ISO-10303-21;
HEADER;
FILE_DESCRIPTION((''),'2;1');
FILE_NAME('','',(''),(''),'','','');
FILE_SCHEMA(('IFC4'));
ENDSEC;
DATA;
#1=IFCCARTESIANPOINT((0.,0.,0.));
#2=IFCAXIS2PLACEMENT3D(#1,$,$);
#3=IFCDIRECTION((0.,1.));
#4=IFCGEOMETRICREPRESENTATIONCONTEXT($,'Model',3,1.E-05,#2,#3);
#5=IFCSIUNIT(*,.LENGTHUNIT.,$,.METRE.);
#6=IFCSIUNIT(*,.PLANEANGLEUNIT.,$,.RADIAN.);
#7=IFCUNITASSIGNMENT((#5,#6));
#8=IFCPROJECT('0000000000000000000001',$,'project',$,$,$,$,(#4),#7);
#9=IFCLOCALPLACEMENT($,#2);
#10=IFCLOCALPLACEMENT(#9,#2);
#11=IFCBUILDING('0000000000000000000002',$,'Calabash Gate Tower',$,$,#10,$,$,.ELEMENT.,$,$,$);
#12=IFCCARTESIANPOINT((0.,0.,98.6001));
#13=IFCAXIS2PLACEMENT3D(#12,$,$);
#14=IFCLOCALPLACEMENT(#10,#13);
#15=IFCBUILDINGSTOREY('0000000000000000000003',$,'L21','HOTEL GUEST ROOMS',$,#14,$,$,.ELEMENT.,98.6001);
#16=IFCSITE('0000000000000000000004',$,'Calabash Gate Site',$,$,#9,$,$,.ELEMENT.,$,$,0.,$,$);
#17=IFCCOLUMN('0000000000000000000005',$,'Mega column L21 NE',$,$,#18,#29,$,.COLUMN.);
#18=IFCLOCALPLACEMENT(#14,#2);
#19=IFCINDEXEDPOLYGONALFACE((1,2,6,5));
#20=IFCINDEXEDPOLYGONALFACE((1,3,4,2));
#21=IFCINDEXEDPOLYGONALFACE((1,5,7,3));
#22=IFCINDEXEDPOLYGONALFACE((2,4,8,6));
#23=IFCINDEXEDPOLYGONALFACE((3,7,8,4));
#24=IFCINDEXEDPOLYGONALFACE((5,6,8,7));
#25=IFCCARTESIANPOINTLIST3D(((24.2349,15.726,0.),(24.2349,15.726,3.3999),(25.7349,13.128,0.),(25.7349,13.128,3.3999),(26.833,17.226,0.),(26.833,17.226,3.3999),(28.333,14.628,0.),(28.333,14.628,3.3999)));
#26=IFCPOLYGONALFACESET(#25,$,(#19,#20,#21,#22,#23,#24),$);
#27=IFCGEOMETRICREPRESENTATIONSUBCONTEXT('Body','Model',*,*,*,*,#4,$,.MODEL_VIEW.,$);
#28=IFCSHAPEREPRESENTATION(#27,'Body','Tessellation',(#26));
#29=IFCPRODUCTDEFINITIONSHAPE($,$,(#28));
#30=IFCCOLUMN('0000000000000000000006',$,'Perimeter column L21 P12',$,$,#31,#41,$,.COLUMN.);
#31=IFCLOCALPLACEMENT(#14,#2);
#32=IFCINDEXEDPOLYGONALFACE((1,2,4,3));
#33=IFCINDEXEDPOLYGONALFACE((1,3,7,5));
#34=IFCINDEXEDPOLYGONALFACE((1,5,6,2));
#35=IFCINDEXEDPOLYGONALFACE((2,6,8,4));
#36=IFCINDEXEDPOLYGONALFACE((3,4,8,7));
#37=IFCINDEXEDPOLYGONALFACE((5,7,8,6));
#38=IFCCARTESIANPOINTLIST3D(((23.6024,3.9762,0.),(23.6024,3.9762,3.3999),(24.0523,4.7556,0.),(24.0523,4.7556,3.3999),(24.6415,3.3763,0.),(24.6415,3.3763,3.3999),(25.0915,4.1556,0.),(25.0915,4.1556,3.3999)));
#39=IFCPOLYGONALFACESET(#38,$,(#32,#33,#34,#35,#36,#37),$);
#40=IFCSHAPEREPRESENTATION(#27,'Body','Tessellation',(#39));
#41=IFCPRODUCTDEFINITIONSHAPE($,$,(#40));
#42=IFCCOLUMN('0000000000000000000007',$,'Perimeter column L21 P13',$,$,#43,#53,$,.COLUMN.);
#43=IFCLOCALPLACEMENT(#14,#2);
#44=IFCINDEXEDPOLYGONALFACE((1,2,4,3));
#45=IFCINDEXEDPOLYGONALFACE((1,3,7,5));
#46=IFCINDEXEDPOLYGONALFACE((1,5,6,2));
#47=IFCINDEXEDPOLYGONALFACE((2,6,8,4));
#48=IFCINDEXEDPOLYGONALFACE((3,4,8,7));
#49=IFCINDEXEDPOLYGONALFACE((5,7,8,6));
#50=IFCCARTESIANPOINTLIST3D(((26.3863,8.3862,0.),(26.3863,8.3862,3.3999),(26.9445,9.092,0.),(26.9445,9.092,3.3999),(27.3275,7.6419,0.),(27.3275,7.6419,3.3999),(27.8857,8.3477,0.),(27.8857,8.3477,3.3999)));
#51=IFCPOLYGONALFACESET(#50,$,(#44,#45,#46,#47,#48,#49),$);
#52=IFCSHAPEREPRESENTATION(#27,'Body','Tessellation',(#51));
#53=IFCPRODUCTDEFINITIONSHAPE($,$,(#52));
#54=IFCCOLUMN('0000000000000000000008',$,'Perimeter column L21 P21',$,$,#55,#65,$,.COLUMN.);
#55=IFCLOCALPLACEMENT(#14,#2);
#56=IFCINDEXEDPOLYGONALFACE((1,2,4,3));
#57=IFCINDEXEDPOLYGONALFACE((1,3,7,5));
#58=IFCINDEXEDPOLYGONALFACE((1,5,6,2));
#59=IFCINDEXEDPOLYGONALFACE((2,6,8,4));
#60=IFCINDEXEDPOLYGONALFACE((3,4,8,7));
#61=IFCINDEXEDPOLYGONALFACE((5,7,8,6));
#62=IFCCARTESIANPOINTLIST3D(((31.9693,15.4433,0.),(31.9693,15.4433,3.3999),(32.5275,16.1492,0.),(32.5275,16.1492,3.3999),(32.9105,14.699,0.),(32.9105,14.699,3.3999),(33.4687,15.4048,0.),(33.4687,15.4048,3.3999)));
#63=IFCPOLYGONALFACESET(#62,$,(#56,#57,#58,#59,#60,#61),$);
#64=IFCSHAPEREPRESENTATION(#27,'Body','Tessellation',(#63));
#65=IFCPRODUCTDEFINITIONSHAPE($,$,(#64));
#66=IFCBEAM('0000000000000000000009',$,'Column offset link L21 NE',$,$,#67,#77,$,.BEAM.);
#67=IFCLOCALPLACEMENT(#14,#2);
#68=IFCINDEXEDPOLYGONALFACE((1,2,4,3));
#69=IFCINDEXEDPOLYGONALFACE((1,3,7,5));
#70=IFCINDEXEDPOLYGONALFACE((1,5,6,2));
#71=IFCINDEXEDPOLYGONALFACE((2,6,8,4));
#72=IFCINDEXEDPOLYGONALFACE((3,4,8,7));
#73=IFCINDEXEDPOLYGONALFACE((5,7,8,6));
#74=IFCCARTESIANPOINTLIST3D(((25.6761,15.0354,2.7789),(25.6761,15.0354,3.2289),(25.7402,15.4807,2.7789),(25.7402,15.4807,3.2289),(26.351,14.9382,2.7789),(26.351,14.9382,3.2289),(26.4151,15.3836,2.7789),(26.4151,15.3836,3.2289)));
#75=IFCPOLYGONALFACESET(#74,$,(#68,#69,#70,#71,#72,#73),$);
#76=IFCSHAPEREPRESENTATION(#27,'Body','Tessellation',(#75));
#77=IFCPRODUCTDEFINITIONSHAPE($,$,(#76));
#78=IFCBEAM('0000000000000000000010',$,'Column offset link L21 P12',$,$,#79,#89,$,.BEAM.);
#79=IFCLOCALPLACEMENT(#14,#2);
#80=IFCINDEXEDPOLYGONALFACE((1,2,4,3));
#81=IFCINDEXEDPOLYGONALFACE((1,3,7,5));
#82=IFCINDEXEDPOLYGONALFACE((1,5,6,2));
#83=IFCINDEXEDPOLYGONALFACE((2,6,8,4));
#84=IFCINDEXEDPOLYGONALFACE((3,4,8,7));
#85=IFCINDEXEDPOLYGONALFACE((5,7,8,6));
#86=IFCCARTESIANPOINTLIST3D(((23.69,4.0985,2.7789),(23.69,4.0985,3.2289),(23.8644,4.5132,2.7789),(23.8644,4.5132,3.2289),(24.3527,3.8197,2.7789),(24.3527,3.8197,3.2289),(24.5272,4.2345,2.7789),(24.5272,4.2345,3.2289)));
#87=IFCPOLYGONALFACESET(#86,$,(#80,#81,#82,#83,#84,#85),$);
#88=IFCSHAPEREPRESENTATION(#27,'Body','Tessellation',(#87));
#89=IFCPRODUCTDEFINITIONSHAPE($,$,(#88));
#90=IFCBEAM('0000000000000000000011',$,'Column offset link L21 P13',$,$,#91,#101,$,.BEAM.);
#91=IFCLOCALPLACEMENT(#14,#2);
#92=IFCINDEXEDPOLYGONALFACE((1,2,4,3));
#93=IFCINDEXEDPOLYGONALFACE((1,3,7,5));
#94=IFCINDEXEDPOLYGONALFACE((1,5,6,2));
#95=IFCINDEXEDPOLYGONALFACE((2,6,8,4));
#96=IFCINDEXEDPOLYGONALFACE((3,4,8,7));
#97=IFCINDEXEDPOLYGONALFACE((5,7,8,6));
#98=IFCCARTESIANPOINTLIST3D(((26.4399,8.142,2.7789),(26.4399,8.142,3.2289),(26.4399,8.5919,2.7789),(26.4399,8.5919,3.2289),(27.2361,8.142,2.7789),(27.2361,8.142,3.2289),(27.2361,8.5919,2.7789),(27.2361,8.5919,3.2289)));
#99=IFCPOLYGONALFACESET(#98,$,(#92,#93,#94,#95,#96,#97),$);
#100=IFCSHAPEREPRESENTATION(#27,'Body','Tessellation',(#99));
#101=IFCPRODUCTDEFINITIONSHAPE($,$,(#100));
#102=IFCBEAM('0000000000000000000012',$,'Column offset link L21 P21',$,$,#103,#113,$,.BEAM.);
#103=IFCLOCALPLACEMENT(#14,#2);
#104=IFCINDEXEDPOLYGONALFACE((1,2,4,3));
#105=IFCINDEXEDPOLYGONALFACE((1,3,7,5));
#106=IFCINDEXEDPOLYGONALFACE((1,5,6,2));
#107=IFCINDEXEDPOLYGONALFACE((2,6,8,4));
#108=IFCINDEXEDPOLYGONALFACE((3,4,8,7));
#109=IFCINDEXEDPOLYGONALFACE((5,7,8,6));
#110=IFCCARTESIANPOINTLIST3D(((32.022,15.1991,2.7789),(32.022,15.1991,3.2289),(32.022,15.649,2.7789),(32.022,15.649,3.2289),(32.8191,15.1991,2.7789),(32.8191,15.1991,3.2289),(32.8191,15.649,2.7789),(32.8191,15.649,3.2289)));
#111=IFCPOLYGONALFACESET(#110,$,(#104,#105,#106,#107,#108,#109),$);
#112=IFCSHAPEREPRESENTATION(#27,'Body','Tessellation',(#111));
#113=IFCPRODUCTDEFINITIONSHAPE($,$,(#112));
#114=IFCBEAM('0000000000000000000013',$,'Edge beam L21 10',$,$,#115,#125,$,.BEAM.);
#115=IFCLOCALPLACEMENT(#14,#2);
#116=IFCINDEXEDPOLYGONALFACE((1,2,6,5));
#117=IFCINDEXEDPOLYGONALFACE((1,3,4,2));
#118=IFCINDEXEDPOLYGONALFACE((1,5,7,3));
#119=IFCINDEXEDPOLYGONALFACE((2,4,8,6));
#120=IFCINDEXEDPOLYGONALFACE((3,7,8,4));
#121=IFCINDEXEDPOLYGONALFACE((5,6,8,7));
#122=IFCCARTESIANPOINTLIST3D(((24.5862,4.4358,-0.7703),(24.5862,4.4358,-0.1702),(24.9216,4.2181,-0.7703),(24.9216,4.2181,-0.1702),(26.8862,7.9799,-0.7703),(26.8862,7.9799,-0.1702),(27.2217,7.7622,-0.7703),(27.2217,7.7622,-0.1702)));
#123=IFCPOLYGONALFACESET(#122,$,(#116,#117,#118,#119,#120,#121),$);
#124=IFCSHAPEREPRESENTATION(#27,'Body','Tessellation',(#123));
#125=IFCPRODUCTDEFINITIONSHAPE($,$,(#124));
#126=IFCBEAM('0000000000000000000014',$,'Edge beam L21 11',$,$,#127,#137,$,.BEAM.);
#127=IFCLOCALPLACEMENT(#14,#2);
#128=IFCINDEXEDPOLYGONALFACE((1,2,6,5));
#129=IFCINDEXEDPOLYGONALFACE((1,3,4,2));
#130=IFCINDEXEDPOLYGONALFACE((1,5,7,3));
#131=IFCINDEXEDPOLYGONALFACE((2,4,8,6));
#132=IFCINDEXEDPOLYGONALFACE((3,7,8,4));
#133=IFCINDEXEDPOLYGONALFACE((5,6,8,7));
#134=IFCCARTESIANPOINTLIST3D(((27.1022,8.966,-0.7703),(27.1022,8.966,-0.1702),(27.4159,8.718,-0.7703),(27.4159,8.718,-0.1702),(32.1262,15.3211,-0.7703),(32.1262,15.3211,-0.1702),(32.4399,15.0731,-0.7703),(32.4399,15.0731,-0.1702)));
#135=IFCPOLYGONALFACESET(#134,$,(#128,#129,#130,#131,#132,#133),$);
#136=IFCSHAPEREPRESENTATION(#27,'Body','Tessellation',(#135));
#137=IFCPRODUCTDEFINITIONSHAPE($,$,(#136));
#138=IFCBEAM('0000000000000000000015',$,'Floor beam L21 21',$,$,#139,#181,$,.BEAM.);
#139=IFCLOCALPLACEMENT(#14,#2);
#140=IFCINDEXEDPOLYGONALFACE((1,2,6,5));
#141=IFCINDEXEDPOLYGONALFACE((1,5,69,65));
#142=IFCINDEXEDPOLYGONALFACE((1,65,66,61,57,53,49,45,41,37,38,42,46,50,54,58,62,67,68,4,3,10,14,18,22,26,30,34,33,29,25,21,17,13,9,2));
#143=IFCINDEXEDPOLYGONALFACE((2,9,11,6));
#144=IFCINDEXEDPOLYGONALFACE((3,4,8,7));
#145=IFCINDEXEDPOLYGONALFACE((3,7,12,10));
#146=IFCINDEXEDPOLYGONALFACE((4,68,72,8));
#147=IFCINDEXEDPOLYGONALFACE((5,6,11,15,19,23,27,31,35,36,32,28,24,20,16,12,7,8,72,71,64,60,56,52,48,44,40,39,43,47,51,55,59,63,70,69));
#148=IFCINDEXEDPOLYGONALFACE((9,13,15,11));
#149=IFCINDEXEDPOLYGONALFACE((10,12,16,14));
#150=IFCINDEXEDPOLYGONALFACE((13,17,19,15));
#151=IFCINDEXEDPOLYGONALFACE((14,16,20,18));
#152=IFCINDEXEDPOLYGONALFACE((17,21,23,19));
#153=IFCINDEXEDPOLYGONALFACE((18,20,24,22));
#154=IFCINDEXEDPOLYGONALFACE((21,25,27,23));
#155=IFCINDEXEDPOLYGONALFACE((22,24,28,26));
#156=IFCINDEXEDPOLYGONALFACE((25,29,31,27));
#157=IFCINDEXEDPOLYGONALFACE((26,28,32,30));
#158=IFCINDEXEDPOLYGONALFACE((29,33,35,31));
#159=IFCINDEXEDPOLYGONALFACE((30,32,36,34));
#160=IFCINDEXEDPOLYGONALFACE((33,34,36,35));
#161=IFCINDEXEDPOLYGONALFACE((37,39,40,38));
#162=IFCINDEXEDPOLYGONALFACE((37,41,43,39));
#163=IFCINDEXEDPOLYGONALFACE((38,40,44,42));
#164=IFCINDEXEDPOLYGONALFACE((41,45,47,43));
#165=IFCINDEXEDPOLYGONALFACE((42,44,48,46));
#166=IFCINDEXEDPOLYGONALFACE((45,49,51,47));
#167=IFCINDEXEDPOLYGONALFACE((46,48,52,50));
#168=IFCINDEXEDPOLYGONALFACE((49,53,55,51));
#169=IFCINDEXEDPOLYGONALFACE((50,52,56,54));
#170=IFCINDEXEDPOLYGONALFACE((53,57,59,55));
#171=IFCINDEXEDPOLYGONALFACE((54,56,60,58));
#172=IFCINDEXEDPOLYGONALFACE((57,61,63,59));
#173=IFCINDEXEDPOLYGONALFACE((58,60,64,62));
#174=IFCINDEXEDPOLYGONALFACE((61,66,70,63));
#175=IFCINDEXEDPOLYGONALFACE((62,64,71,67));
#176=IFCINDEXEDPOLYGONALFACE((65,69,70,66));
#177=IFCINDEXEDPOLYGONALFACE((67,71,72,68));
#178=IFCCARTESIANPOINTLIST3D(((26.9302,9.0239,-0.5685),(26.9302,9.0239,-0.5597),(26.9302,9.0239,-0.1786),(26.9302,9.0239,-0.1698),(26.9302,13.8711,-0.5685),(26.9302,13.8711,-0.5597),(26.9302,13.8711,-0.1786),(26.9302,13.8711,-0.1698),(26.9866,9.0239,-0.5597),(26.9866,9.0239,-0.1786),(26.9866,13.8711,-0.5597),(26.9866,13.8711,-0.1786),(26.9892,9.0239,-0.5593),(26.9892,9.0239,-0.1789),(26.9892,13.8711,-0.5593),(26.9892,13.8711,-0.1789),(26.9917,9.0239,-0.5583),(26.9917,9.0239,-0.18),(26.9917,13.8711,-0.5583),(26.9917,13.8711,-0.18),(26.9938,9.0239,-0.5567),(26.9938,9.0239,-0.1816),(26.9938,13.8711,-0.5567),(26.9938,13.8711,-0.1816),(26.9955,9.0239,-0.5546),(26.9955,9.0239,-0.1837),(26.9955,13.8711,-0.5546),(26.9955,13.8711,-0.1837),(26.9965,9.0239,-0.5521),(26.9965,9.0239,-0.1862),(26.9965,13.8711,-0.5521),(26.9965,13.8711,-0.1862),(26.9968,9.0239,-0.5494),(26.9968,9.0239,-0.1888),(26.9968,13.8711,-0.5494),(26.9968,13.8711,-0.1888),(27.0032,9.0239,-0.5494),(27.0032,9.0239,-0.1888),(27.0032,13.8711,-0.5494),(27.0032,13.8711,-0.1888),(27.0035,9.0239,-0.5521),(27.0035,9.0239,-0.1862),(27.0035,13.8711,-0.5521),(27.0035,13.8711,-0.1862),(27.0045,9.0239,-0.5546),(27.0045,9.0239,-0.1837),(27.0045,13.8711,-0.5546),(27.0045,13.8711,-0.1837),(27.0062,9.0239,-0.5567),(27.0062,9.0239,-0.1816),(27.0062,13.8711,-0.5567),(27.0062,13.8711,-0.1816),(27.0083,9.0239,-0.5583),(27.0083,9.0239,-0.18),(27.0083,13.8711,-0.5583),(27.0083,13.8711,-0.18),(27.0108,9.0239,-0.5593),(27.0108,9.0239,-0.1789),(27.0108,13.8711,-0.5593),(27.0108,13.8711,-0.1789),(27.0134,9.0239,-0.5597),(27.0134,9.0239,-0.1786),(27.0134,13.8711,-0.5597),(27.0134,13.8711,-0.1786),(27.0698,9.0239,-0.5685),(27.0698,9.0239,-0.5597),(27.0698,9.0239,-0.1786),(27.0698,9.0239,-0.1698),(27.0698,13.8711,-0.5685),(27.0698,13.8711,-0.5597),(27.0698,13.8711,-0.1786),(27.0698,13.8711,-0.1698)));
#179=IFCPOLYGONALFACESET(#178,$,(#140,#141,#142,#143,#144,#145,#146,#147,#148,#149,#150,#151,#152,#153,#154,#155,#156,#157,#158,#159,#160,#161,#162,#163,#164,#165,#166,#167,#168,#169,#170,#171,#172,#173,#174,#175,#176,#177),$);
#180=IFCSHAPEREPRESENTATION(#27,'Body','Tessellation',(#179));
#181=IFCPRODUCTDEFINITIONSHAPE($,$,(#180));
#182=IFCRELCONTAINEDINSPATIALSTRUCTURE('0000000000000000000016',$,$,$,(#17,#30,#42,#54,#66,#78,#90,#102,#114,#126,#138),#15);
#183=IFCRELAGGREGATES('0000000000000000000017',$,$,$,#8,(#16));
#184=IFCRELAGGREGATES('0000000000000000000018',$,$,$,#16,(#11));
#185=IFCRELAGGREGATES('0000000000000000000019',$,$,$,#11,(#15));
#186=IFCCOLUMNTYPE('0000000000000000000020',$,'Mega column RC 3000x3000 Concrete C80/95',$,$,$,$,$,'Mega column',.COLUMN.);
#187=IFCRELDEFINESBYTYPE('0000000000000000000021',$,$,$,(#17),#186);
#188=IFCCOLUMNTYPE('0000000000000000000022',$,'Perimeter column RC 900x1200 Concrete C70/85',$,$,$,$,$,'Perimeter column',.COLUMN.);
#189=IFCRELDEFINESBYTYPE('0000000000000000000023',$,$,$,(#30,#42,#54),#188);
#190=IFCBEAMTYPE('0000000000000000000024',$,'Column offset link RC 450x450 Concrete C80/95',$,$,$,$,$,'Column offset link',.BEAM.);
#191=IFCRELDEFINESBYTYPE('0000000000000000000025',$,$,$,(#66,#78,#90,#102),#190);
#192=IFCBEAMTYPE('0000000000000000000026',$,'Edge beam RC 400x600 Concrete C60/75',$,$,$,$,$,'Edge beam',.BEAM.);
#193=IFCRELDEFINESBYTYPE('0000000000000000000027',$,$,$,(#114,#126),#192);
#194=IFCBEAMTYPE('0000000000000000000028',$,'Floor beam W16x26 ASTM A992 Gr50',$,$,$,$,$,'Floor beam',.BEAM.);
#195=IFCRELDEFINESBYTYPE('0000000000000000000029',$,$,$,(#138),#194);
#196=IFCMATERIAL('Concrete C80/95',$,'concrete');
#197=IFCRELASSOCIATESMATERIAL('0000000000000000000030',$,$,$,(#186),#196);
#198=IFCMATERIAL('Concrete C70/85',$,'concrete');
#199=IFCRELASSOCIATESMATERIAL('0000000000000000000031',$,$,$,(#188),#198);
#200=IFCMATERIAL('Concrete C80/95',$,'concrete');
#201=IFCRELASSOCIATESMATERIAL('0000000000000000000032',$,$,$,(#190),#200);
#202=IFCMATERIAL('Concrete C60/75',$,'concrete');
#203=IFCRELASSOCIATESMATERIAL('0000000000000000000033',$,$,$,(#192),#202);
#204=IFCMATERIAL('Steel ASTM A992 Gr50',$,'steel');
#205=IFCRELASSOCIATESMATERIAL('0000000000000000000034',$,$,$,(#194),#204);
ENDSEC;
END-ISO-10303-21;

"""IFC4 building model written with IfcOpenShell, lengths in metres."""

from ifc_helpers import new_model, si_unit, direction, frame, origin, origin_2d, place, context, subcontext, project, spatial, rectangle, i_section, extrude, material, material_profile, profile_set, type_object, element, save


model = new_model("IFC4")

# Units and contexts
model_context = context("Model", 3, precision=1e-05, world=origin(), true_north=direction((0.0, 1.0)))
body_context = subcontext(model_context, "Body", "Model", "MODEL_VIEW")
ifc_project = project(units=[si_unit("LENGTHUNIT", "METRE"), si_unit("PLANEANGLEUNIT", "RADIAN")], contexts=[model_context])

# Site, building, storey
site_placement = place(None, origin())
site = spatial("IfcSite", under=ifc_project, at=site_placement, Name="Calabash Gate Site", CompositionType="ELEMENT", RefElevation=0.0)
building_placement = place(site_placement, origin())
building = spatial("IfcBuilding", under=site, at=building_placement, Name="Calabash Gate Tower", CompositionType="ELEMENT")
storey_placement = place(building_placement, frame((0.0, 0.0, 98.6001)))
storey = spatial("IfcBuildingStorey", under=building, at=storey_placement, Name="L21", Description="HOTEL GUEST ROOMS", CompositionType="ELEMENT", Elevation=98.6001)

# Columns
ifc_material_1 = material(Name="Concrete C80/95", Category="concrete")
ifc_material_profile_1 = material_profile(ifc_material_1, rectangle(XDim=3.0, YDim=3.0, at=origin_2d()))
ifc_profile_set_1 = profile_set([ifc_material_profile_1], Name="Concrete C80/95")
column_type_1 = type_object("IfcColumnType", Name="Mega column RC 3000x3000 Concrete C80/95", ElementType="Mega column", PredefinedType="COLUMN", material=ifc_profile_set_1)
column_placement = place(storey_placement, frame((26.2839, 15.177, 0.0), z_axis=(0.0, 0.0, 1.0), x_axis=(-0.866025, -0.5, 0.0)))
element("IfcColumn", 1, at=column_placement, inside=storey, type_object=column_type_1, Name="Mega column L21 NE", PredefinedType="COLUMN", context=body_context, shape_type="SweptSolid", body=[
    extrude(rectangle(XDim=3.0, YDim=3.0, at=origin_2d()), origin(), (0.0, 0.0, 1.0), 3.3999),
])
ifc_material_2 = material(Name="Concrete C70/85", Category="concrete")
ifc_material_profile_2 = material_profile(ifc_material_2, rectangle(XDim=0.8999, YDim=1.2, at=origin_2d()))
ifc_profile_set_2 = profile_set([ifc_material_profile_2], Name="Concrete C70/85")
column_type_2 = type_object("IfcColumnType", Name="Perimeter column RC 900x1200 Concrete C70/85", ElementType="Perimeter column", PredefinedType="COLUMN", material=ifc_profile_set_2)
for number, where, z_axis, x_axis, name in (
    (2, (24.3469, 4.0659, 0.0), (0.0, 0.0, 1.0), (0.5, 0.866025, 0.0), "Perimeter column L21 P12"),
    (3, (27.136, 8.3669, 0.0), (0.0, 0.0, 1.0), (0.620301, 0.784364, 0.0), "Perimeter column L21 P13"),
    (4, (32.719, 15.4241, 0.0), (0.0, 0.0, 1.0), (0.620301, 0.784364, 0.0), "Perimeter column L21 P21"),
):
    element("IfcColumn", number, at=place(storey_placement, frame(where, z_axis=z_axis, x_axis=x_axis)), inside=storey, type_object=column_type_2, Name=name, PredefinedType="COLUMN", context=body_context, shape_type="SweptSolid", body=[
        extrude(rectangle(XDim=0.8999, YDim=1.2, at=origin_2d()), origin(), (0.0, 0.0, 1.0), 3.3999),
    ])

# Beams
ifc_material_3 = material(Name="Concrete C80/95", Category="concrete")
ifc_material_profile_3 = material_profile(ifc_material_3, rectangle(XDim=0.45, YDim=0.45, at=origin_2d()))
ifc_profile_set_3 = profile_set([ifc_material_profile_3], Name="Concrete C80/95")
beam_type_1 = type_object("IfcBeamType", Name="Column offset link RC 450x450 Concrete C80/95", ElementType="Column offset link", PredefinedType="BEAM", material=ifc_profile_set_3)
beam_1_placement = place(storey_placement, frame((26.3831, 15.1609, 3.0039), z_axis=(-0.989799, 0.142474, 0.0), x_axis=(-0.142474, -0.989799, 0.0)))
element("IfcBeam", 5, at=beam_1_placement, inside=storey, type_object=beam_type_1, Name="Column offset link L21 NE", PredefinedType="BEAM", context=body_context, shape_type="SweptSolid", body=[
    extrude(rectangle(XDim=0.45, YDim=0.45, at=origin_2d()), origin(), (0.0, 0.0, 1.0), 0.6819),
])
beam_2_placement = place(storey_placement, frame((24.4399, 4.0271, 3.0039), z_axis=(-0.921776, 0.387723, 0.0), x_axis=(-0.387723, -0.921776, 0.0)))
element("IfcBeam", 6, at=beam_2_placement, inside=storey, type_object=beam_type_1, Name="Column offset link L21 P12", PredefinedType="BEAM", context=body_context, shape_type="SweptSolid", body=[
    extrude(rectangle(XDim=0.45, YDim=0.45, at=origin_2d()), origin(), (0.0, 0.0, 1.0), 0.719),
])
beam_3_placement = place(storey_placement, frame((27.2361, 8.3669, 3.0039), z_axis=(-1.0, 0.0, 0.0), x_axis=(0.0, -1.0, 0.0)))
element("IfcBeam", 7, at=beam_3_placement, inside=storey, type_object=beam_type_1, Name="Column offset link L21 P13", PredefinedType="BEAM", context=body_context, shape_type="SweptSolid", body=[
    extrude(rectangle(XDim=0.45, YDim=0.45, at=origin_2d()), origin(), (0.0, 0.0, 1.0), 0.7961),
])
beam_4_placement = place(storey_placement, frame((32.8191, 15.4241, 3.0039), z_axis=(-1.0, 0.0, 0.0), x_axis=(0.0, -1.0, 0.0)))
element("IfcBeam", 8, at=beam_4_placement, inside=storey, type_object=beam_type_1, Name="Column offset link L21 P21", PredefinedType="BEAM", context=body_context, shape_type="SweptSolid", body=[
    extrude(rectangle(XDim=0.45, YDim=0.45, at=origin_2d()), origin(), (0.0, 0.0, 1.0), 0.7971),
])
ifc_material_4 = material(Name="Concrete C60/75", Category="concrete")
ifc_material_profile_4 = material_profile(ifc_material_4, rectangle(XDim=0.3999, YDim=0.6001, at=origin_2d()))
ifc_profile_set_4 = profile_set([ifc_material_profile_4], Name="Concrete C60/75")
beam_type_2 = type_object("IfcBeamType", Name="Edge beam RC 400x600 Concrete C60/75", ElementType="Edge beam", PredefinedType="BEAM", material=ifc_profile_set_4)
beam_5_placement = place(storey_placement, frame((24.7539, 4.3269, -0.4702), z_axis=(0.544377, 0.838841, 0.0), x_axis=(-0.838841, 0.544377, 0.0)))
element("IfcBeam", 9, at=beam_5_placement, inside=storey, type_object=beam_type_2, Name="Edge beam L21 10", PredefinedType="BEAM", context=body_context, shape_type="SweptSolid", body=[
    extrude(rectangle(XDim=0.3999, YDim=0.6001, at=origin_2d()), origin(), (0.0, 0.0, 1.0), 4.2251),
])
beam_6_placement = place(storey_placement, frame((27.259, 8.842, -0.4702), z_axis=(0.620164, 0.784472, 0.0), x_axis=(-0.784472, 0.620164, 0.0)))
element("IfcBeam", 10, at=beam_6_placement, inside=storey, type_object=beam_type_2, Name="Edge beam L21 11", PredefinedType="BEAM", context=body_context, shape_type="SweptSolid", body=[
    extrude(rectangle(XDim=0.3999, YDim=0.6001, at=origin_2d()), origin(), (0.0, 0.0, 1.0), 8.1011),
])
ifc_material_5 = material(Name="Steel ASTM A992 Gr50", Category="steel")
ifc_material_profile_5 = material_profile(ifc_material_5, i_section(OverallWidth=0.1396, OverallDepth=0.3987, WebThickness=0.0063, FlangeThickness=0.0088, FilletRadius=0.0103, at=origin_2d()))
ifc_profile_set_5 = profile_set([ifc_material_profile_5], Name="Steel ASTM A992 Gr50")
beam_type_3 = type_object("IfcBeamType", Name="Floor beam W16x26 ASTM A992 Gr50", ElementType="Floor beam", PredefinedType="BEAM", material=ifc_profile_set_5)
beam_7_placement = place(storey_placement, frame((27.0, 9.0239, -0.3691), z_axis=(0.0, 1.0, 0.0), x_axis=(-1.0, 0.0, 0.0)))
element("IfcBeam", 11, at=beam_7_placement, inside=storey, type_object=beam_type_3, Name="Floor beam L21 21", PredefinedType="BEAM", context=body_context, shape_type="SweptSolid", body=[
    extrude(i_section(OverallWidth=0.1396, OverallDepth=0.3987, WebThickness=0.0063, FlangeThickness=0.0088, FilletRadius=0.0103, at=origin_2d()), origin(), (0.0, 0.0, 1.0), 4.8472),
])

save(model, "model.ifc")
